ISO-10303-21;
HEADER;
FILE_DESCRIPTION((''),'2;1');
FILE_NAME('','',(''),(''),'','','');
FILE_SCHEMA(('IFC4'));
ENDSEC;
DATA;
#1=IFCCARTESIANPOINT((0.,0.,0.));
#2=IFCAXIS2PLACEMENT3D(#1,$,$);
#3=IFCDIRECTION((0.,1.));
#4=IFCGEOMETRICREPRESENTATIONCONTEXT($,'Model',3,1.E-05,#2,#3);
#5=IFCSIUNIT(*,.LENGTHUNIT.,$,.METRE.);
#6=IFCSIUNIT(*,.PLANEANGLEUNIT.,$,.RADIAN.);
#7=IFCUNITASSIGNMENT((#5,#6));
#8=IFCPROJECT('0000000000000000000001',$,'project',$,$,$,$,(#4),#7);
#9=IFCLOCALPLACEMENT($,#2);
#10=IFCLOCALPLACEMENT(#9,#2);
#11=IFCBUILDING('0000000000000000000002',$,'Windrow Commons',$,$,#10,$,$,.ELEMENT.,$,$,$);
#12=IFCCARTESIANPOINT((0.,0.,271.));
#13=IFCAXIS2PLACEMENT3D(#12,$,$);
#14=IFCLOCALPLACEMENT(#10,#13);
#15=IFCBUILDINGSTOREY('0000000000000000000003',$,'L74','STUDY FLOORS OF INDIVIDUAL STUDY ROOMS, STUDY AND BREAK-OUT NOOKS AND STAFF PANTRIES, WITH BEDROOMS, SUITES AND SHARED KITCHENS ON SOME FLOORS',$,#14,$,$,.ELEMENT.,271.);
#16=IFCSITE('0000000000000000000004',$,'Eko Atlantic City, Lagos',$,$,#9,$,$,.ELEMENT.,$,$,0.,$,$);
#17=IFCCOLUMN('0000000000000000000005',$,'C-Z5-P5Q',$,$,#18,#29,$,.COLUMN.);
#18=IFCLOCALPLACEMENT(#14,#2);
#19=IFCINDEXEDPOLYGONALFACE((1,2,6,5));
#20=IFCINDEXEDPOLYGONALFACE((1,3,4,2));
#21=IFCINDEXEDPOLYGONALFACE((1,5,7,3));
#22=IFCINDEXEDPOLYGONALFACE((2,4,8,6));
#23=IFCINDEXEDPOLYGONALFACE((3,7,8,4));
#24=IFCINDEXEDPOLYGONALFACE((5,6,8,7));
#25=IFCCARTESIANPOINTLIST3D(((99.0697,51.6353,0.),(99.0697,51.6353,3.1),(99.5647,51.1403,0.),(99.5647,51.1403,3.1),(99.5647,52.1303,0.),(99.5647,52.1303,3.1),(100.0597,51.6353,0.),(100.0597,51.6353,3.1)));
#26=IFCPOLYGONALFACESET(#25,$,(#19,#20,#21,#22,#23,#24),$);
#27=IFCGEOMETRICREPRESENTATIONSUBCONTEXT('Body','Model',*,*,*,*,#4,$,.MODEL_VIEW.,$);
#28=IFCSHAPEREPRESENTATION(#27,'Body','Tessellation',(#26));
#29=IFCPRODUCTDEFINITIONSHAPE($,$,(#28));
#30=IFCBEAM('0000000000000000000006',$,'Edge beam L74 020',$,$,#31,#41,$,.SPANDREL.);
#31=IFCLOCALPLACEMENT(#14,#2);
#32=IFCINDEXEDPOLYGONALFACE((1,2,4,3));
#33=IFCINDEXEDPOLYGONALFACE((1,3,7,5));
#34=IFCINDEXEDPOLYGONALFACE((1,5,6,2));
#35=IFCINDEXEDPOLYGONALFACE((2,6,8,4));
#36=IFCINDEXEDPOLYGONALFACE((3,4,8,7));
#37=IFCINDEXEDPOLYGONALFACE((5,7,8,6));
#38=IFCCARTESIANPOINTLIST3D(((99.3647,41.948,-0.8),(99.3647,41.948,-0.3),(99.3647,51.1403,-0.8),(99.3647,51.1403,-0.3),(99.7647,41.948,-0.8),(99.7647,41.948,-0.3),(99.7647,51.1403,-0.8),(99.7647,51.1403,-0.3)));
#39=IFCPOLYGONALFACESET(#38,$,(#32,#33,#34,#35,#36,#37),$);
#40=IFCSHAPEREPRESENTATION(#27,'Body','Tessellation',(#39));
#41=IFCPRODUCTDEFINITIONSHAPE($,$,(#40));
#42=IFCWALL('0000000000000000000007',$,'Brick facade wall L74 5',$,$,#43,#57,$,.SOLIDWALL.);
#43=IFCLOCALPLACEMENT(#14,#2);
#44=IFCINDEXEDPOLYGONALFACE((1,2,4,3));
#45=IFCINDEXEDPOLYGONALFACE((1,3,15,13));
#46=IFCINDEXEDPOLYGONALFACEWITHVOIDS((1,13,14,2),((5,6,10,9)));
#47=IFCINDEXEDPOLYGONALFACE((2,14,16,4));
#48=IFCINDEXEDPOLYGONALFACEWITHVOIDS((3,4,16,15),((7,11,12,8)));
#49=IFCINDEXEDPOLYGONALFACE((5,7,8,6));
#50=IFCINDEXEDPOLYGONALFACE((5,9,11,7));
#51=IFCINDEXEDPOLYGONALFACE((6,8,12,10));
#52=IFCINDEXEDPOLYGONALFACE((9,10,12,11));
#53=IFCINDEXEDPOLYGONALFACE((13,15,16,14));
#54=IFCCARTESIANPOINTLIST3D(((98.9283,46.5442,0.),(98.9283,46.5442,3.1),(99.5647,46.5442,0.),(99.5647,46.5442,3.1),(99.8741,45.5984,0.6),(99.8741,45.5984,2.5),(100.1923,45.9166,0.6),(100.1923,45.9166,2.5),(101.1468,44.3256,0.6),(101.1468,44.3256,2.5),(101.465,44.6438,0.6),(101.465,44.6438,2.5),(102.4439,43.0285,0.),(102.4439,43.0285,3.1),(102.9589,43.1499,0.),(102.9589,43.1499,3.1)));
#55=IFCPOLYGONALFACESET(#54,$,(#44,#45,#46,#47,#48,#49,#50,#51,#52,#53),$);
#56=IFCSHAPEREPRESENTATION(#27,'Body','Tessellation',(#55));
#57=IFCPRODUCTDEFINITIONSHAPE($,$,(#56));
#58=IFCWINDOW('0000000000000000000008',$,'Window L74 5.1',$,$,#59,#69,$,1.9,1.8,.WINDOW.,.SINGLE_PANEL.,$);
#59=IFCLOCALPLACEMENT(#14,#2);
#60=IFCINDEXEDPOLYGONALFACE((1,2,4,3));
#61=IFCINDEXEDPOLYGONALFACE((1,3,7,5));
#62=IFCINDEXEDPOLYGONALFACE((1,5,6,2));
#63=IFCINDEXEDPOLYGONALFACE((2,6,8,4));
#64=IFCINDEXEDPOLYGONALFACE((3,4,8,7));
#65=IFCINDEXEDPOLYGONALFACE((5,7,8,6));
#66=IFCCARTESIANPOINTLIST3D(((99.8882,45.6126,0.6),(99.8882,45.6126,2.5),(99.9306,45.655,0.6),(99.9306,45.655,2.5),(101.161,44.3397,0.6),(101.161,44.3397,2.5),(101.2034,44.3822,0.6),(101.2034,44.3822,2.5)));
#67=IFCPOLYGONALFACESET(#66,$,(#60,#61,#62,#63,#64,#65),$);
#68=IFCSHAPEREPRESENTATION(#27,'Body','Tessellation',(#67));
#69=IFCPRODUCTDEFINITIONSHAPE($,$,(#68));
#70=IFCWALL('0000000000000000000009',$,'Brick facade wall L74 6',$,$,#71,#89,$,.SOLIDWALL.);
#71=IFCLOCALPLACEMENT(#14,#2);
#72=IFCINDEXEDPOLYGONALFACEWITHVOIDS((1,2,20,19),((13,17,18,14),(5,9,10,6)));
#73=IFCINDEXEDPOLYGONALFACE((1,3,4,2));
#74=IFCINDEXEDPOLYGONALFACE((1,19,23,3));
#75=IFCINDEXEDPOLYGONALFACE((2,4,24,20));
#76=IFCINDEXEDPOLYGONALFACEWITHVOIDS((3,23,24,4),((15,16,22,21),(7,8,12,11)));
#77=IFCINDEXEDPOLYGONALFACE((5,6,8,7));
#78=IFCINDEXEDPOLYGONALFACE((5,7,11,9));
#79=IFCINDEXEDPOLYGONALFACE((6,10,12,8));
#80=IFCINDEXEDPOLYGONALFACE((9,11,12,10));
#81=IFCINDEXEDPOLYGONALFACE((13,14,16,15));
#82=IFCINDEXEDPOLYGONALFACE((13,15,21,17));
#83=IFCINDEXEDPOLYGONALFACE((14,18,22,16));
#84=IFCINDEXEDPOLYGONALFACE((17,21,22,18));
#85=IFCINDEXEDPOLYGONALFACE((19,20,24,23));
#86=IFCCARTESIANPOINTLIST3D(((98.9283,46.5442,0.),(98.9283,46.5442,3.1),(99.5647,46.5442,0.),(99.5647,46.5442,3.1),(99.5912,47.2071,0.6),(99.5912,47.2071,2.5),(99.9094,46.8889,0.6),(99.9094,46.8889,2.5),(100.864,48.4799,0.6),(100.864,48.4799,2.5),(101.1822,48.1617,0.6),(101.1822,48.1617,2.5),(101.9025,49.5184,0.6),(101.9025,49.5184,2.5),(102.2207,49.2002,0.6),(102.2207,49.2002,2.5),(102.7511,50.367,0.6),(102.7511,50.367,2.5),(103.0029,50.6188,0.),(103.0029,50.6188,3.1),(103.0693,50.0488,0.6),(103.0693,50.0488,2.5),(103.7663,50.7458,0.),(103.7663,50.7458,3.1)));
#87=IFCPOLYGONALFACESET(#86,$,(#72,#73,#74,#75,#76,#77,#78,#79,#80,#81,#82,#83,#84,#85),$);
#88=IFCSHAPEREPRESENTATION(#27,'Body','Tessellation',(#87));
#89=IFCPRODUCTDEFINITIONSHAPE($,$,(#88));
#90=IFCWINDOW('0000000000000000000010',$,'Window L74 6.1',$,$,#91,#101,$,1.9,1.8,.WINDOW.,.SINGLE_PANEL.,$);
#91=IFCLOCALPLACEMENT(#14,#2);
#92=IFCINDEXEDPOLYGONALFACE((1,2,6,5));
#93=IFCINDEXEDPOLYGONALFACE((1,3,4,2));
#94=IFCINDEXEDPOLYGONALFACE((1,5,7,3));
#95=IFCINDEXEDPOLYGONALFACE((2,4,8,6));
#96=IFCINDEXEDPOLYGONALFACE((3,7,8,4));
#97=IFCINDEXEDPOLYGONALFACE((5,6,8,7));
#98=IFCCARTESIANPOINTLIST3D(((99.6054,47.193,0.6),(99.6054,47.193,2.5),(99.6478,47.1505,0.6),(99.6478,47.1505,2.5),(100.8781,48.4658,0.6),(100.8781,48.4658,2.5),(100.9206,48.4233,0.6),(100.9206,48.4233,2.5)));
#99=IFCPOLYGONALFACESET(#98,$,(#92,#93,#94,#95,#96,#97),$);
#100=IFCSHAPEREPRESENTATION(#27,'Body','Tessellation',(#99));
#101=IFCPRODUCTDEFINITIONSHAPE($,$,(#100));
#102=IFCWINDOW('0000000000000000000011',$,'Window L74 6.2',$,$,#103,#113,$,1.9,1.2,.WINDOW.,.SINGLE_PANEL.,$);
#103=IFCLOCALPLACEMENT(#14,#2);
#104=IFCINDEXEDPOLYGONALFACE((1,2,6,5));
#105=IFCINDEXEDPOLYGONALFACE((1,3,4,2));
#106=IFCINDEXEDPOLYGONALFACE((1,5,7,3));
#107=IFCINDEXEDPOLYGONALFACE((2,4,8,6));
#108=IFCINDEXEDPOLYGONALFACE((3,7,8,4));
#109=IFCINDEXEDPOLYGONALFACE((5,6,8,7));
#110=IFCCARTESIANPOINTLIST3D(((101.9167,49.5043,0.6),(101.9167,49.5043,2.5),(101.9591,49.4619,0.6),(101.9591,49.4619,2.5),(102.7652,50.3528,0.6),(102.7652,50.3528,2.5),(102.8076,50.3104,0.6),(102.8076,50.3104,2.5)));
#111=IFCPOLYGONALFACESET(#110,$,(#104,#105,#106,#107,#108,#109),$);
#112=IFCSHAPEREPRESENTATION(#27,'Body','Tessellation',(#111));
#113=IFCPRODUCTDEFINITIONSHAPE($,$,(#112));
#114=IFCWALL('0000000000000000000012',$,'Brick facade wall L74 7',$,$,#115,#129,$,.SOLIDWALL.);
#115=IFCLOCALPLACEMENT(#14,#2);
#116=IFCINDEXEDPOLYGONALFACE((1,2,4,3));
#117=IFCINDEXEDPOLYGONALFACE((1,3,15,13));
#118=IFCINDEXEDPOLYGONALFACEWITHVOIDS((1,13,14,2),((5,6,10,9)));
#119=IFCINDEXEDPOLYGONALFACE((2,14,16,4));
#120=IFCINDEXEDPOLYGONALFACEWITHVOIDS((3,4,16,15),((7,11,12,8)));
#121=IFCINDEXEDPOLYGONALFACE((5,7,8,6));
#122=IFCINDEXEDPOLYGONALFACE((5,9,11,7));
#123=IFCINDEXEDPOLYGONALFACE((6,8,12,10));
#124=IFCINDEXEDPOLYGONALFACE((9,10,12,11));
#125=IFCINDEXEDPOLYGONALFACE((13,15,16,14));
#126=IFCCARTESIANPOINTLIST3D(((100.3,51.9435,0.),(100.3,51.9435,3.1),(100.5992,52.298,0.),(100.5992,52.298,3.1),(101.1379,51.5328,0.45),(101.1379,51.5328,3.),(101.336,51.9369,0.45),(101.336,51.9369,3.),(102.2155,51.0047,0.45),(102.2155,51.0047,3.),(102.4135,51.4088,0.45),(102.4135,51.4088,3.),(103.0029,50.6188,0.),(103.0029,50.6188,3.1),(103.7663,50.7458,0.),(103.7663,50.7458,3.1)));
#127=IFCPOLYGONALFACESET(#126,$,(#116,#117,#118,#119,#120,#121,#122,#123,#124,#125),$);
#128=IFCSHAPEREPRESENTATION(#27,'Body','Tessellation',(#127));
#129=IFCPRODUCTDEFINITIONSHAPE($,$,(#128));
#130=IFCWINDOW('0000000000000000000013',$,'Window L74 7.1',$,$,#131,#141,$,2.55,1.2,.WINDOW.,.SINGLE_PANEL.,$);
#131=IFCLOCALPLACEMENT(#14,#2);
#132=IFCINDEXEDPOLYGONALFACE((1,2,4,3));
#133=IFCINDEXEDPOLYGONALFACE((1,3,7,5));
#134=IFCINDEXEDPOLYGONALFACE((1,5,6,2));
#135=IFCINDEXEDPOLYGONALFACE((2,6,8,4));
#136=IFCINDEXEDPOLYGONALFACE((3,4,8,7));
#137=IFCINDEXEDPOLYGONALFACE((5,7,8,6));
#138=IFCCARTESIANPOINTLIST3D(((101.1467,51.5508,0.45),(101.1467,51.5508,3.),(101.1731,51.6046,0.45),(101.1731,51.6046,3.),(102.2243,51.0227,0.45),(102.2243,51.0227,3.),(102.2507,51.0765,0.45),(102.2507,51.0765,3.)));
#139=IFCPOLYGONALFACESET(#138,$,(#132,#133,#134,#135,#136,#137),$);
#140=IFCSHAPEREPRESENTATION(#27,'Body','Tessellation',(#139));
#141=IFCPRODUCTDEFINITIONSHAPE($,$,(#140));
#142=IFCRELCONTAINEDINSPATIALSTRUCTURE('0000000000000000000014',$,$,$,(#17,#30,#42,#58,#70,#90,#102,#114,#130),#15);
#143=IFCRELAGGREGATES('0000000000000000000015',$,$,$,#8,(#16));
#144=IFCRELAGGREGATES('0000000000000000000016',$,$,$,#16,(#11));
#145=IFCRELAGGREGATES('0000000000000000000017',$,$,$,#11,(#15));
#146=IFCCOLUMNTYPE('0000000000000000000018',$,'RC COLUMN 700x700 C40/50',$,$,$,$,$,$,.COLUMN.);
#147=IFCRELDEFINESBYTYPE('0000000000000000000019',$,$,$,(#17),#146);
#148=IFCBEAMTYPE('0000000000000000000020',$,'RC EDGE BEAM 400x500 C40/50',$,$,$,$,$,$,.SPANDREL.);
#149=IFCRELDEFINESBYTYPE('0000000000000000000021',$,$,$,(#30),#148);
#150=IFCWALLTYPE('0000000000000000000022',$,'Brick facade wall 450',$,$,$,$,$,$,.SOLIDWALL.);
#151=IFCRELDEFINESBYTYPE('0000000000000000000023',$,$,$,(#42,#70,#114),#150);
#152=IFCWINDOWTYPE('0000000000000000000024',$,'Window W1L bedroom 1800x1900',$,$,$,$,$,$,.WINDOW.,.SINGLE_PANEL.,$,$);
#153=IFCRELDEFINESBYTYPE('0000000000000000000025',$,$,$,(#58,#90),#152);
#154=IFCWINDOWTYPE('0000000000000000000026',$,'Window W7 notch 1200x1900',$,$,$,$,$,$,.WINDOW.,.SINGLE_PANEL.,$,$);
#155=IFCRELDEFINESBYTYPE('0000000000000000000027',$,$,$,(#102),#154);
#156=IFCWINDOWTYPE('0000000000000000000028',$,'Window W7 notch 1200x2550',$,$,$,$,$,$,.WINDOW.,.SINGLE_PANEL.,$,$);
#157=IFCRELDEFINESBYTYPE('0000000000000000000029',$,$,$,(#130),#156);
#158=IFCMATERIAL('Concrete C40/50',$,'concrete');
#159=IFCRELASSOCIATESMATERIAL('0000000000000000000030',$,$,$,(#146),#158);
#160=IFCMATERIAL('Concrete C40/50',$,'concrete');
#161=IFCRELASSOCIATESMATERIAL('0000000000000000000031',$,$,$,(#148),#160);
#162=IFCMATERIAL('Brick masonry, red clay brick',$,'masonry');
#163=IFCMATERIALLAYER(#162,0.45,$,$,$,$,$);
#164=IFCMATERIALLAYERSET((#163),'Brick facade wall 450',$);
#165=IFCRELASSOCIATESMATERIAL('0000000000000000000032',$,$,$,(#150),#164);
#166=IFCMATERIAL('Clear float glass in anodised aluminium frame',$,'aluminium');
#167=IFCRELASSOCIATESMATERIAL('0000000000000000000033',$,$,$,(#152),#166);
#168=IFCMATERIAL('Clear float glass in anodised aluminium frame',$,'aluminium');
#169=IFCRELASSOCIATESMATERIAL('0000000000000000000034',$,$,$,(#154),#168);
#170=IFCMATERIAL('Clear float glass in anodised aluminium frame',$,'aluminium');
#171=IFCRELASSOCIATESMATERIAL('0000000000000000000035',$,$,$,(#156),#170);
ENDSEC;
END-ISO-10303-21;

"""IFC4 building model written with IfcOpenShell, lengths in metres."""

from ifc_helpers import new_model, si_unit, direction, frame, frame_2d, origin, origin_2d, place, context, subcontext, project, spatial, polyline, rectangle, outline, extrude, material, layer, layer_set, material_profile, profile_set, type_object, element, fill, save


model = new_model("IFC4")

# Units and contexts
model_context = context("Model", 3, precision=1e-05, world=origin(), true_north=direction((0.0, 1.0)))
body_context = subcontext(model_context, "Body", "Model", "MODEL_VIEW")
ifc_project = project(units=[si_unit("LENGTHUNIT", "METRE"), si_unit("PLANEANGLEUNIT", "RADIAN")], contexts=[model_context])

# Site, building, storey
site_placement = place(None, origin())
site = spatial("IfcSite", under=ifc_project, at=site_placement, Name="Eko Atlantic City, Lagos", CompositionType="ELEMENT", RefElevation=0.0)
building_placement = place(site_placement, origin())
building = spatial("IfcBuilding", under=site, at=building_placement, Name="Windrow Commons", CompositionType="ELEMENT")
storey_placement = place(building_placement, frame((0.0, 0.0, 271.0)))
storey = spatial("IfcBuildingStorey", under=building, at=storey_placement, Name="L74", Description="STUDY FLOORS OF INDIVIDUAL STUDY ROOMS, STUDY AND BREAK-OUT NOOKS AND STAFF PANTRIES, WITH BEDROOMS, SUITES AND SHARED KITCHENS ON SOME FLOORS", CompositionType="ELEMENT", Elevation=271.0)

# Column
ifc_material_1 = material(Name="Concrete C40/50", Category="concrete")
ifc_material_profile_1 = material_profile(ifc_material_1, rectangle(XDim=0.7, YDim=0.7, at=origin_2d()))
ifc_profile_set_1 = profile_set([ifc_material_profile_1], Name="Concrete C40/50")
column_type = type_object("IfcColumnType", Name="RC COLUMN 700x700 C40/50", PredefinedType="COLUMN", material=ifc_profile_set_1)
column_placement = place(storey_placement, frame((99.5647, 51.6353, 0.0), z_axis=(0.0, 0.0, 1.0), x_axis=(0.707107, -0.707107, 0.0)))
element("IfcColumn", 1, at=column_placement, inside=storey, type_object=column_type, Name="C-Z5-P5Q", PredefinedType="COLUMN", context=body_context, shape_type="SweptSolid", body=[
    extrude(rectangle(XDim=0.7, YDim=0.7, at=origin_2d()), origin(), (0.0, 0.0, 1.0), 3.1),
])

# Beam
ifc_material_2 = material(Name="Concrete C40/50", Category="concrete")
ifc_material_profile_2 = material_profile(ifc_material_2, rectangle(XDim=0.4, YDim=0.5, at=origin_2d()))
ifc_profile_set_2 = profile_set([ifc_material_profile_2], Name="Concrete C40/50")
beam_type = type_object("IfcBeamType", Name="RC EDGE BEAM 400x500 C40/50", PredefinedType="SPANDREL", material=ifc_profile_set_2)
beam_placement = place(storey_placement, frame((99.5647, 51.1403, -0.55), z_axis=(0.0, -1.0, 0.0), x_axis=(1.0, 0.0, 0.0)))
element("IfcBeam", 2, at=beam_placement, inside=storey, type_object=beam_type, Name="Edge beam L74 020", PredefinedType="SPANDREL", context=body_context, shape_type="SweptSolid", body=[
    extrude(rectangle(XDim=0.4, YDim=0.5, at=origin_2d()), origin(), (0.0, 0.0, 1.0), 9.1923),
])

# Wall, opening, window
ifc_material_3 = material(Name="Brick masonry, red clay brick", Category="masonry")
ifc_layer_1 = layer(ifc_material_3, 0.45)
ifc_layer_set_1 = layer_set([ifc_layer_1], Name="Brick facade wall 450")
wall_type_1 = type_object("IfcWallType", Name="Brick facade wall 450", PredefinedType="SOLIDWALL", material=ifc_layer_set_1)
wall_1_placement = place(storey_placement, frame((102.7014, 43.0892, 0.0), z_axis=(0.0, 0.0, 1.0), x_axis=(-0.707097, 0.707117, 0.0)))
wall_1 = element("IfcWall", 3, at=wall_1_placement, inside=storey, type_object=wall_type_1, Name="Brick facade wall L74 5", PredefinedType="SOLIDWALL", context=body_context, shape_type="SweptSolid", body=[
    extrude(outline(polyline([(-0.1391, -0.225), (4.661, -0.225), (5.111, 0.225), (0.1391, 0.225), (-0.1391, -0.225)])), origin(), (0.0, 0.0, 1.0), 3.1),
])
opening_1_placement = place(wall_1_placement, frame((1.9735, 0.0, 0.6)))
opening_1 = element("IfcOpeningElement", 4, at=opening_1_placement, cuts=wall_1, PredefinedType="OPENING", context=body_context, shape_type="SweptSolid", body=[
    extrude(rectangle(XDim=1.8, YDim=1.9, at=frame_2d((0.9, 0.95))), frame((0.0, 0.235, 0.0), z_axis=(0.0, -1.0, 0.0), x_axis=(1.0, 0.0, 0.0)), (0.0, 0.0, 1.0), 0.47),
])
ifc_material_4 = material(Name="Clear float glass in anodised aluminium frame", Category="aluminium")
window_type_1 = type_object("IfcWindowType", Name="Window W1L bedroom 1800x1900", PartitioningType="SINGLE_PANEL", PredefinedType="WINDOW", material=ifc_material_4)
window_1_placement = place(opening_1_placement, origin())
window_1 = element("IfcWindow", 5, at=window_1_placement, inside=storey, type_object=window_type_1, Name="Window L74 5.1", OverallHeight=1.9, OverallWidth=1.8, PartitioningType="SINGLE_PANEL", PredefinedType="WINDOW", context=body_context, shape_type="SweptSolid", body=[
    extrude(rectangle(XDim=1.8, YDim=1.9, at=frame_2d((0.9, 0.95))), frame((0.0, 0.205, 0.0), z_axis=(0.0, -1.0, 0.0), x_axis=(1.0, 0.0, 0.0)), (0.0, 0.0, 1.0), 0.06),
])
fill(opening_1, window_1)

# Wall, openings, windows
wall_2_placement = place(storey_placement, frame((99.2465, 46.5442, 0.0), z_axis=(0.0, 0.0, 1.0), x_axis=(0.707107, 0.707107, 0.0)))
wall_2 = element("IfcWall", 6, at=wall_2_placement, inside=storey, type_object=wall_type_1, Name="Brick facade wall L74 6", PredefinedType="SOLIDWALL", context=body_context, shape_type="SweptSolid", body=[
    extrude(outline(polyline([(0.225, -0.225), (6.167, -0.225), (5.5374, 0.225), (-0.225, 0.225), (0.225, -0.225)])), origin(), (0.0, 0.0, 1.0), 3.1),
])
opening_2_placement = place(wall_2_placement, frame((0.7125, 0.0, 0.6)))
opening_2 = element("IfcOpeningElement", 7, at=opening_2_placement, cuts=wall_2, PredefinedType="OPENING", context=body_context, shape_type="SweptSolid", body=[
    extrude(rectangle(XDim=1.8, YDim=1.9, at=frame_2d((0.9, 0.95))), frame((0.0, 0.235, 0.0), z_axis=(0.0, -1.0, 0.0), x_axis=(1.0, 0.0, 0.0)), (0.0, 0.0, 1.0), 0.47),
])
opening_3_placement = place(wall_2_placement, frame((3.9812, 0.0, 0.6)))
opening_3 = element("IfcOpeningElement", 8, at=opening_3_placement, cuts=wall_2, PredefinedType="OPENING", context=body_context, shape_type="SweptSolid", body=[
    extrude(rectangle(XDim=1.2, YDim=1.9, at=frame_2d((0.6, 0.95))), frame((0.0, 0.235, 0.0), z_axis=(0.0, -1.0, 0.0), x_axis=(1.0, 0.0, 0.0)), (0.0, 0.0, 1.0), 0.47),
])
window_2_placement = place(opening_2_placement, origin())
window_2 = element("IfcWindow", 9, at=window_2_placement, inside=storey, type_object=window_type_1, Name="Window L74 6.1", OverallHeight=1.9, OverallWidth=1.8, PartitioningType="SINGLE_PANEL", PredefinedType="WINDOW", context=body_context, shape_type="SweptSolid", body=[
    extrude(rectangle(XDim=1.8, YDim=1.9, at=frame_2d((0.9, 0.95))), frame((0.0, 0.205, 0.0), z_axis=(0.0, -1.0, 0.0), x_axis=(1.0, 0.0, 0.0)), (0.0, 0.0, 1.0), 0.06),
])
fill(opening_2, window_2)
ifc_material_5 = material(Name="Clear float glass in anodised aluminium frame", Category="aluminium")
window_type_2 = type_object("IfcWindowType", Name="Window W7 notch 1200x1900", PartitioningType="SINGLE_PANEL", PredefinedType="WINDOW", material=ifc_material_5)
window_3_placement = place(opening_3_placement, origin())
window_3 = element("IfcWindow", 10, at=window_3_placement, inside=storey, type_object=window_type_2, Name="Window L74 6.2", OverallHeight=1.9, OverallWidth=1.2, PartitioningType="SINGLE_PANEL", PredefinedType="WINDOW", context=body_context, shape_type="SweptSolid", body=[
    extrude(rectangle(XDim=1.2, YDim=1.9, at=frame_2d((0.6, 0.95))), frame((0.0, 0.205, 0.0), z_axis=(0.0, -1.0, 0.0), x_axis=(1.0, 0.0, 0.0)), (0.0, 0.0, 1.0), 0.06),
])
fill(opening_3, window_3)

# Wall, opening, window
wall_3_placement = place(storey_placement, frame((103.3846, 50.6823, 0.0), z_axis=(0.0, 0.0, 1.0), x_axis=(-0.89796, 0.440077, 0.0)))
wall_3 = element("IfcWall", 11, at=wall_3_placement, inside=storey, type_object=wall_type_1, Name="Brick facade wall L74 7", PredefinedType="SOLIDWALL", context=body_context, shape_type="SweptSolid", body=[
    extrude(outline(polyline([(-0.3148, -0.225), (3.2122, -0.225), (3.3249, 0.225), (0.3148, 0.225), (-0.3148, -0.225)])), origin(), (0.0, 0.0, 1.0), 3.1),
])
opening_4_placement = place(wall_3_placement, frame((1.1917, 0.0, 0.45)))
opening_4 = element("IfcOpeningElement", 12, at=opening_4_placement, cuts=wall_3, PredefinedType="OPENING", context=body_context, shape_type="SweptSolid", body=[
    extrude(rectangle(XDim=1.2, YDim=2.55, at=frame_2d((0.6, 1.275))), frame((0.0, 0.235, 0.0), z_axis=(0.0, -1.0, 0.0), x_axis=(1.0, 0.0, 0.0)), (0.0, 0.0, 1.0), 0.47),
])
ifc_material_6 = material(Name="Clear float glass in anodised aluminium frame", Category="aluminium")
window_type_3 = type_object("IfcWindowType", Name="Window W7 notch 1200x2550", PartitioningType="SINGLE_PANEL", PredefinedType="WINDOW", material=ifc_material_6)
window_4_placement = place(opening_4_placement, origin())
window_4 = element("IfcWindow", 13, at=window_4_placement, inside=storey, type_object=window_type_3, Name="Window L74 7.1", OverallHeight=2.55, OverallWidth=1.2, PartitioningType="SINGLE_PANEL", PredefinedType="WINDOW", context=body_context, shape_type="SweptSolid", body=[
    extrude(rectangle(XDim=1.2, YDim=2.55, at=frame_2d((0.6, 1.275))), frame((0.0, 0.205, 0.0), z_axis=(0.0, -1.0, 0.0), x_axis=(1.0, 0.0, 0.0)), (0.0, 0.0, 1.0), 0.06),
])
fill(opening_4, window_4)

save(model, "model.ifc")
